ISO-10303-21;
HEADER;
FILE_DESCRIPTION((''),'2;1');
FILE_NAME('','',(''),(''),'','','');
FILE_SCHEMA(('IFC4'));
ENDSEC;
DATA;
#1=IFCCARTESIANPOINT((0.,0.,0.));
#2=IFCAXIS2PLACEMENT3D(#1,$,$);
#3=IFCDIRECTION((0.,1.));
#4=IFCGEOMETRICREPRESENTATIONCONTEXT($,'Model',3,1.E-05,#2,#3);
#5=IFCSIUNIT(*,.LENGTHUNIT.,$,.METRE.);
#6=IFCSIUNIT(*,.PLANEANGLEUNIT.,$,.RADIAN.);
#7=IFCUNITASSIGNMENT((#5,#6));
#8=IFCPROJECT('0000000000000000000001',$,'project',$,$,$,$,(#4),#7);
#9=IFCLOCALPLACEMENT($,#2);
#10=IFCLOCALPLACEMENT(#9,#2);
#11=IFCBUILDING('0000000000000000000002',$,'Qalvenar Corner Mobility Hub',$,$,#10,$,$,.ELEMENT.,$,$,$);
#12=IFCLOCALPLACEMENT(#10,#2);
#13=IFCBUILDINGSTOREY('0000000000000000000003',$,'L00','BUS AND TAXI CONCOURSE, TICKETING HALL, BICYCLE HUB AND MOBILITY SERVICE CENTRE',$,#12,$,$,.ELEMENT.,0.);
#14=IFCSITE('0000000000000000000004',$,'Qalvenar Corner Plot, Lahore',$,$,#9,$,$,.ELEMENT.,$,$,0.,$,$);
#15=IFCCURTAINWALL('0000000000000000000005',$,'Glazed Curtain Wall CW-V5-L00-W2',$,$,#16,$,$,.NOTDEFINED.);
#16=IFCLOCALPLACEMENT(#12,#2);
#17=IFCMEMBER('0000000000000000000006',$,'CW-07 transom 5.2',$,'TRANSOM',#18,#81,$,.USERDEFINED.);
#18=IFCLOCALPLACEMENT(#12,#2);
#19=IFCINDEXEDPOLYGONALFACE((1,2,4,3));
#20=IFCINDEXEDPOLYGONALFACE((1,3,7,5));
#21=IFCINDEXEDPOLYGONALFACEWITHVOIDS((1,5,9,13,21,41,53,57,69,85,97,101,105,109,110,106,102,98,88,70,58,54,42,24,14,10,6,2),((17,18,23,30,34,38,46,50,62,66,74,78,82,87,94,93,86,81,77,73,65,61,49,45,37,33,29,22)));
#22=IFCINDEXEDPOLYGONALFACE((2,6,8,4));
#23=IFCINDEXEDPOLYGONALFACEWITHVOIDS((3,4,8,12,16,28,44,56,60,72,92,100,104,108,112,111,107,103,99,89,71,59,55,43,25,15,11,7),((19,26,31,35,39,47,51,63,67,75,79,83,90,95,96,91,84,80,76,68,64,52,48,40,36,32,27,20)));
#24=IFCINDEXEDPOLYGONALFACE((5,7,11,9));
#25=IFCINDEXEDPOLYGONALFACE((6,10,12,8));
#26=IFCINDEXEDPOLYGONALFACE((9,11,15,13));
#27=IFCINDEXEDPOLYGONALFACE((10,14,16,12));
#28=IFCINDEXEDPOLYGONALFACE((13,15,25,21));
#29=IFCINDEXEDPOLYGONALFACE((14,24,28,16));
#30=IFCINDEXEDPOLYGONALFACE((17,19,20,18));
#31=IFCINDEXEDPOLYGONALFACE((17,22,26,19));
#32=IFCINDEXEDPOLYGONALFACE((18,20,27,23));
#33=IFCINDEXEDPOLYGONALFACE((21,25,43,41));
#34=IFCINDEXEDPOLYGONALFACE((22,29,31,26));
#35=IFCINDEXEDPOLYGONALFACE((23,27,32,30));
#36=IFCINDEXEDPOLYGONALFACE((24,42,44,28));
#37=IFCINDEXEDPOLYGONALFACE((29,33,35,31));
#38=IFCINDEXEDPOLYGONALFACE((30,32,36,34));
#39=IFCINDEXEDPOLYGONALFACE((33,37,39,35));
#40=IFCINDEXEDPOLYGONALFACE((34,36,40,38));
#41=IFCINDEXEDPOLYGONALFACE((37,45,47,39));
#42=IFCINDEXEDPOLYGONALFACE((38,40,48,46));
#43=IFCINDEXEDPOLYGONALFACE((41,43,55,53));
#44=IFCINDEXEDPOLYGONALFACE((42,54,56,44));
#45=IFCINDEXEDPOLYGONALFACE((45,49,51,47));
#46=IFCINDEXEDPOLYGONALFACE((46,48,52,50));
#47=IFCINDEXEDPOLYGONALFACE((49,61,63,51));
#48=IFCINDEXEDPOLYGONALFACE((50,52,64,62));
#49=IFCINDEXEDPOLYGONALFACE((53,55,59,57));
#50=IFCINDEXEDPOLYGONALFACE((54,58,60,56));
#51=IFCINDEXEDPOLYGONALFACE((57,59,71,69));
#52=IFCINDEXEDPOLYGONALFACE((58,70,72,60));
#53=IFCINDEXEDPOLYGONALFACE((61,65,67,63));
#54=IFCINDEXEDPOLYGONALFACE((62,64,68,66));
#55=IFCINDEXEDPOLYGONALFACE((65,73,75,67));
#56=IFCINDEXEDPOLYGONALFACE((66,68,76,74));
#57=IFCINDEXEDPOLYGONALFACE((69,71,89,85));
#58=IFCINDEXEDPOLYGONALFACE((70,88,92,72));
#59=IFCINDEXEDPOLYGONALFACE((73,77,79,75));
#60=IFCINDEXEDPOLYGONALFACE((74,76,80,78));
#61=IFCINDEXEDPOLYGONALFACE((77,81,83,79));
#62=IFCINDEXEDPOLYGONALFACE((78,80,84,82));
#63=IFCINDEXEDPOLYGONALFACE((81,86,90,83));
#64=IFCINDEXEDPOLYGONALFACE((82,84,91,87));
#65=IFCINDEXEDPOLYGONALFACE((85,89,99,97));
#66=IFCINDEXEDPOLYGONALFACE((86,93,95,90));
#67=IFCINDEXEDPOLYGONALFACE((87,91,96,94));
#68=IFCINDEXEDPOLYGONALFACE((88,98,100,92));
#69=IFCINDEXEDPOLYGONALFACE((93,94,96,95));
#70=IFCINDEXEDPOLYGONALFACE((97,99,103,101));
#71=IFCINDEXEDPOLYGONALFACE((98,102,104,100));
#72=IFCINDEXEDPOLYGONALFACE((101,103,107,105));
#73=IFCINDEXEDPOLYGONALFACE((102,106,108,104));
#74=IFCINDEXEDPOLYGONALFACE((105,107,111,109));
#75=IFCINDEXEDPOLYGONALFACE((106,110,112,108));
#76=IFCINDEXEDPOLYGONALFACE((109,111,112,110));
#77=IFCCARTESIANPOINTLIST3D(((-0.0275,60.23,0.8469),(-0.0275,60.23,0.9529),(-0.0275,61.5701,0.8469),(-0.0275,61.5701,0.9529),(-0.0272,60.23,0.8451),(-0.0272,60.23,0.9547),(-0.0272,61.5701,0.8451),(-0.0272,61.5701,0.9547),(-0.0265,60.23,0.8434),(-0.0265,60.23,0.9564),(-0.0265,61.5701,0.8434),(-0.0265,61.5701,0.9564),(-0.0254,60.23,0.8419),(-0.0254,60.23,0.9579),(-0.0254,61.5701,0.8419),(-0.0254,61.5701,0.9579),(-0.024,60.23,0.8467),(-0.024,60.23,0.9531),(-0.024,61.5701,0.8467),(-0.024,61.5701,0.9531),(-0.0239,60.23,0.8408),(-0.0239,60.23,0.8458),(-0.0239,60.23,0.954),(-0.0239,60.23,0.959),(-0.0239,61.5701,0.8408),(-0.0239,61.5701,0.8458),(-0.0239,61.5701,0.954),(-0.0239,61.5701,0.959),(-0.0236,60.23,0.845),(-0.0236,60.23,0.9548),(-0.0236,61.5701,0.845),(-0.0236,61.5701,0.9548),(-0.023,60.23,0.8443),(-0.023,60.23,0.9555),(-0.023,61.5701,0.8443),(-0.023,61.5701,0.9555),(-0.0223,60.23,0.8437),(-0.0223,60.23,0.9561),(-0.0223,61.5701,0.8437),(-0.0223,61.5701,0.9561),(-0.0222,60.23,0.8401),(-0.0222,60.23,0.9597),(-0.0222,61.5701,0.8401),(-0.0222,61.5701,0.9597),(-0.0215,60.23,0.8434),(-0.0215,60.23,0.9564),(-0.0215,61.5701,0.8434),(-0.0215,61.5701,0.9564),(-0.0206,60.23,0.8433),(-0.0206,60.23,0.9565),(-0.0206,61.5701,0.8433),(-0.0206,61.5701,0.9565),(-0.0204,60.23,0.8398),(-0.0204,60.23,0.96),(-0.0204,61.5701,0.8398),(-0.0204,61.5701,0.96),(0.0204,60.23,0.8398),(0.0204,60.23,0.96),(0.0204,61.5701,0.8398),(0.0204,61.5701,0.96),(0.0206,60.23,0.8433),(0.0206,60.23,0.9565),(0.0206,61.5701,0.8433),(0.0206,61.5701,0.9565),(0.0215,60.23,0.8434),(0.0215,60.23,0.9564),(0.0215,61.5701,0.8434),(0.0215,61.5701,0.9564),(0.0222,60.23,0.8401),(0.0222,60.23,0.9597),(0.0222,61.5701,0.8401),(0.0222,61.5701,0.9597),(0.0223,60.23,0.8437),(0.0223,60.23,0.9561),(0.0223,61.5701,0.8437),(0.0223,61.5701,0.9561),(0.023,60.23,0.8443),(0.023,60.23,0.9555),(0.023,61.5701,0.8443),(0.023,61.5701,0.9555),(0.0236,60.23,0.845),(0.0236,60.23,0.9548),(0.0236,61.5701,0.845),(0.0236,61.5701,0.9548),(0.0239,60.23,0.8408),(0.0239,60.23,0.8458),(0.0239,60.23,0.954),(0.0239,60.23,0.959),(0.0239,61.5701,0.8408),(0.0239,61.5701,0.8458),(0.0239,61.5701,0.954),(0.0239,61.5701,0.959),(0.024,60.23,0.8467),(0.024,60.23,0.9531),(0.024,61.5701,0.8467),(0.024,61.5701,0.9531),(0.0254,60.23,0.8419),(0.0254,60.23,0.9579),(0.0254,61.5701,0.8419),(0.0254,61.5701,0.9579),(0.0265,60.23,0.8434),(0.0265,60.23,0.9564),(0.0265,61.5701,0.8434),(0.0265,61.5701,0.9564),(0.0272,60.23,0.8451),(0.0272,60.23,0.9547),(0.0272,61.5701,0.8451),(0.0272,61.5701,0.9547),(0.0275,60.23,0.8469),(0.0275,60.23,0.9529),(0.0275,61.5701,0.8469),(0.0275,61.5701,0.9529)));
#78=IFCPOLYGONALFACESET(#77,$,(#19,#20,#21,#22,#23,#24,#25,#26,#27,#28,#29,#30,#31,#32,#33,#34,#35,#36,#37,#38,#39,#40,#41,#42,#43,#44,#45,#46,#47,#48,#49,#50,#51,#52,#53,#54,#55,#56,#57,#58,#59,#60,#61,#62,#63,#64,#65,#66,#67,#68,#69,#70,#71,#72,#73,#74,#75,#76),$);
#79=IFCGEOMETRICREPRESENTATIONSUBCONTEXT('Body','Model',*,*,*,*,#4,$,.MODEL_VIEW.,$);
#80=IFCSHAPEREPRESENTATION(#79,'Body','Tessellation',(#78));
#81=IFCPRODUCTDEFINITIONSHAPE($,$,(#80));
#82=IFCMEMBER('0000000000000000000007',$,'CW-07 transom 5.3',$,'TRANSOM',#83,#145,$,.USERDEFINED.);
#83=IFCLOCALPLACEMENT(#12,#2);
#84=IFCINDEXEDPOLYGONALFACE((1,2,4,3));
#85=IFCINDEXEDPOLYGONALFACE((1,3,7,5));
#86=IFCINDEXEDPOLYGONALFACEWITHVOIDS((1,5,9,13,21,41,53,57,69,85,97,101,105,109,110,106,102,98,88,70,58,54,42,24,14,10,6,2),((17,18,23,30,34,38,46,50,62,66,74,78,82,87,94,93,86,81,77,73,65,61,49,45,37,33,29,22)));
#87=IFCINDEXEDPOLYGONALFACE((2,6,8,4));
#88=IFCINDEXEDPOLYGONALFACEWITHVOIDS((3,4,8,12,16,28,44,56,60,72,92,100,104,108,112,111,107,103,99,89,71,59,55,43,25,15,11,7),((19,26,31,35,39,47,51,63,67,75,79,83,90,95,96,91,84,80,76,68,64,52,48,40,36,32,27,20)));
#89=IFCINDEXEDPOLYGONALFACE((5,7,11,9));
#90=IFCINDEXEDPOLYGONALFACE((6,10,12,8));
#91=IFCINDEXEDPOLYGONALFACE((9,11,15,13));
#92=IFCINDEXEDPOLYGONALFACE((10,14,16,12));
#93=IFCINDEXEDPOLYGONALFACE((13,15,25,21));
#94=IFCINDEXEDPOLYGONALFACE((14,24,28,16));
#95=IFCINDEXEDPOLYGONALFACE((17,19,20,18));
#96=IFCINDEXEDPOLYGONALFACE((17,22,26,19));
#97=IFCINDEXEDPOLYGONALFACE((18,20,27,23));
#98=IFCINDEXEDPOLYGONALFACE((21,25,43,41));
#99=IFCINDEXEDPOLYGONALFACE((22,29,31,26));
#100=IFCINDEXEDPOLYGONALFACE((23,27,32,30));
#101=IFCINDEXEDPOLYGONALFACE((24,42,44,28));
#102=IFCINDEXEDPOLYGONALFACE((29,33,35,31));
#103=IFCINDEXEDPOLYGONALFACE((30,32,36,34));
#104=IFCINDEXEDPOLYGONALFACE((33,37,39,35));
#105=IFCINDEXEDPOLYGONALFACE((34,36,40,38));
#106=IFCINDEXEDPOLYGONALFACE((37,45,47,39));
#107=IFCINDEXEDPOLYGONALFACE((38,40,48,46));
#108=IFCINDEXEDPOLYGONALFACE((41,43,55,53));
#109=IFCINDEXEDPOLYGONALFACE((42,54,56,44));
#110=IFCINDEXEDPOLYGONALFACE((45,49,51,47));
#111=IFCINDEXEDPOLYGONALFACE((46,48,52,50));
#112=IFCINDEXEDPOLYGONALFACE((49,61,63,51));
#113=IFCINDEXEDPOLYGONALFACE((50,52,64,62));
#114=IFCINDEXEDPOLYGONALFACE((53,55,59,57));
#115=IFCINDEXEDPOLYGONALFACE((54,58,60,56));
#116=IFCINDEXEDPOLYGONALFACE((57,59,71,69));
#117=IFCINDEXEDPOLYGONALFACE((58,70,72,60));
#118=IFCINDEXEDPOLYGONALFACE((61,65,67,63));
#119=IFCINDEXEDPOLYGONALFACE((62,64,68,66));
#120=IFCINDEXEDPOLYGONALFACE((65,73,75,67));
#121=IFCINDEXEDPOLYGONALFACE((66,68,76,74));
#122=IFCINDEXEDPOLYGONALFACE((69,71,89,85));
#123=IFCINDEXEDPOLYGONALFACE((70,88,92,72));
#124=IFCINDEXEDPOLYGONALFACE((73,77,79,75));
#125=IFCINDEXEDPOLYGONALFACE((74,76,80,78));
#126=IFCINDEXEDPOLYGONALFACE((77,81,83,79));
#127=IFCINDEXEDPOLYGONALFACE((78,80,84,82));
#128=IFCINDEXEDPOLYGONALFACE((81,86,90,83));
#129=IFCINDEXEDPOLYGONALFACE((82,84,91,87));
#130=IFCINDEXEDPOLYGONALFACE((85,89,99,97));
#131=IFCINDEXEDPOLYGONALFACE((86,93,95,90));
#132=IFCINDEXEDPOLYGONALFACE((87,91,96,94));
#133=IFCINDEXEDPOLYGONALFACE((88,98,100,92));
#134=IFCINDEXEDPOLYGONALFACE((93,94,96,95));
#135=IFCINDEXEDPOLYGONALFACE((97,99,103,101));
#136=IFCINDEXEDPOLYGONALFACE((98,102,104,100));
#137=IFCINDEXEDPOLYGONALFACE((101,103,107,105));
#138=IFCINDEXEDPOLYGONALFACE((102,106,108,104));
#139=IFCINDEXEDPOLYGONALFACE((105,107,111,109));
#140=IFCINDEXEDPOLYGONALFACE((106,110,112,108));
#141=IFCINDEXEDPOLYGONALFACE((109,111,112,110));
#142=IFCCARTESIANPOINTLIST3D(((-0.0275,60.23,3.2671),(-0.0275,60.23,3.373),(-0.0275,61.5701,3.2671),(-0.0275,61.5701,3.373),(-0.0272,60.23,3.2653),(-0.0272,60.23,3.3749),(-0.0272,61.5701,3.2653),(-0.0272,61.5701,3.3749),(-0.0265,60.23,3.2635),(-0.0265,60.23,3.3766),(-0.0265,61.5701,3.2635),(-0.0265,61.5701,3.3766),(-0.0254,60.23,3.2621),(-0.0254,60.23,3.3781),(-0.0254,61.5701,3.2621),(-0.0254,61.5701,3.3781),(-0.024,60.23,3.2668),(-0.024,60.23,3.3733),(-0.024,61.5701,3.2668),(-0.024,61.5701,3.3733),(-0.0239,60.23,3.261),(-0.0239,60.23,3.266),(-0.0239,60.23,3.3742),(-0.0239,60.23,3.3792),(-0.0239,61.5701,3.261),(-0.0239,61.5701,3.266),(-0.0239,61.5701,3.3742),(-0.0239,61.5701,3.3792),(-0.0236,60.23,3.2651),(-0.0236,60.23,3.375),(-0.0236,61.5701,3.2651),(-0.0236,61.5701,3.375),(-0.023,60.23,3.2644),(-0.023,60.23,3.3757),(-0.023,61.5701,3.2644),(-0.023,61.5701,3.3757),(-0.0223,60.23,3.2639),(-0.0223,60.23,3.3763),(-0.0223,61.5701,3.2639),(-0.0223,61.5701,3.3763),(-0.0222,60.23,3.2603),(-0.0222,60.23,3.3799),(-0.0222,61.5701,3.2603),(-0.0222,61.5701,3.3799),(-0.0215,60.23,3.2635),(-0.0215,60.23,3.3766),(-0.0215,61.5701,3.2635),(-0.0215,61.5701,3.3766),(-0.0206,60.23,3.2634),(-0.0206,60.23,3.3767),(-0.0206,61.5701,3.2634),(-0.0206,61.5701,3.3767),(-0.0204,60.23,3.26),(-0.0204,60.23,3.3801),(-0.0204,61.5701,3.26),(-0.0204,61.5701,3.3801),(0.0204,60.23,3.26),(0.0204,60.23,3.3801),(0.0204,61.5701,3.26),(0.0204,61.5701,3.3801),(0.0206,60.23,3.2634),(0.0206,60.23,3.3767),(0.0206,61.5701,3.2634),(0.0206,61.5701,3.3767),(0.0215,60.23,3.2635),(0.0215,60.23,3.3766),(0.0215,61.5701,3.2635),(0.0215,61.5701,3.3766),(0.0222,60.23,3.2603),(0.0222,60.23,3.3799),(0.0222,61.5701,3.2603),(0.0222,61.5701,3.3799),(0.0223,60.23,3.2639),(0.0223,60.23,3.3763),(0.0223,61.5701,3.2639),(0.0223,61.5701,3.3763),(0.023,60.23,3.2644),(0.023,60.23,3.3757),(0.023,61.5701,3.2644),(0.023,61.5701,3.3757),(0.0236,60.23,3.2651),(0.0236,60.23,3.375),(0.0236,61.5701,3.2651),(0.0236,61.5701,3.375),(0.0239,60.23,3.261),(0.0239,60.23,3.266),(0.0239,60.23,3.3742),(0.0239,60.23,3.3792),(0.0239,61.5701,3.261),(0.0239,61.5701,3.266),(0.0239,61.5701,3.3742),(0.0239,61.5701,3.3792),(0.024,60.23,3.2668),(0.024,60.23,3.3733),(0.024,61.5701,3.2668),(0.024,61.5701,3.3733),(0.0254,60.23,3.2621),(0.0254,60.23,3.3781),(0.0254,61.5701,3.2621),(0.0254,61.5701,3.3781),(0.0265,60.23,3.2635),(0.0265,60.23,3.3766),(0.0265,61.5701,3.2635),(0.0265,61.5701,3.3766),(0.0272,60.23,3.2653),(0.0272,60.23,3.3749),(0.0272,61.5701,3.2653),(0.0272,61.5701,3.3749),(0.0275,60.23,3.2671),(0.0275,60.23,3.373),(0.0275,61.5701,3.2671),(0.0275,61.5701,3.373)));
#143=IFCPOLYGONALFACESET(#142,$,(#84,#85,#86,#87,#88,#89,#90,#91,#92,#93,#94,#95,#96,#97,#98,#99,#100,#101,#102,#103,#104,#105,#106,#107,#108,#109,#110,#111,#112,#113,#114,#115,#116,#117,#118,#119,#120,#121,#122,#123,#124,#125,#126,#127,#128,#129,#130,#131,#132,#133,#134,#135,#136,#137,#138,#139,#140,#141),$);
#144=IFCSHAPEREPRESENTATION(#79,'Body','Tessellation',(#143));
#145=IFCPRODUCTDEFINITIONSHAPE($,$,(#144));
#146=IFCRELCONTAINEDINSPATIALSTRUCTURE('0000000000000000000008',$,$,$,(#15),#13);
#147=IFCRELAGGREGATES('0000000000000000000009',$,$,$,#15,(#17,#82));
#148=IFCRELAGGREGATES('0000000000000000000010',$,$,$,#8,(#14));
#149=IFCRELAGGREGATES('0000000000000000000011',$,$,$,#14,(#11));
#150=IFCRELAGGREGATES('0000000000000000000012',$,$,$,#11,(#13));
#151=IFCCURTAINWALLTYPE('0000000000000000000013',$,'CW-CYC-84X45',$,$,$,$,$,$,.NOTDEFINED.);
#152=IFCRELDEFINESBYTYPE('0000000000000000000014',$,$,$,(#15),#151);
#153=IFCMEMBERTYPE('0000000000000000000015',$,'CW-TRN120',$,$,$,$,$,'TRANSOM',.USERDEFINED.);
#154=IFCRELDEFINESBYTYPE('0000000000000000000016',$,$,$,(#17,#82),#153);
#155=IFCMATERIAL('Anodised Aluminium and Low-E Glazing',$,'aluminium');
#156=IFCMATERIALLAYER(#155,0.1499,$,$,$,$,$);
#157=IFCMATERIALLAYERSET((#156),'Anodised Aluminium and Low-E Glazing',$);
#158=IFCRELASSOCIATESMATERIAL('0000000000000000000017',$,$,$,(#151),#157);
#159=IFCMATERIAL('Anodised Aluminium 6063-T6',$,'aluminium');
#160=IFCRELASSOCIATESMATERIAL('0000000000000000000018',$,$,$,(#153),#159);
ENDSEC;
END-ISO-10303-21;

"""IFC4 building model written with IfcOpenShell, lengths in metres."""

from ifc_helpers import new_model, si_unit, direction, frame, origin, origin_2d, place, context, subcontext, project, spatial, hollow_rectangle, extrude, material, layer, layer_set, material_profile, profile_set, type_object, element, aggregate, save


model = new_model("IFC4")

# Units and contexts
model_context = context("Model", 3, precision=1e-05, world=origin(), true_north=direction((0.0, 1.0)))
body_context = subcontext(model_context, "Body", "Model", "MODEL_VIEW")
ifc_project = project(units=[si_unit("LENGTHUNIT", "METRE"), si_unit("PLANEANGLEUNIT", "RADIAN")], contexts=[model_context])

# Site, building, storey
site_placement = place(None, origin())
site = spatial("IfcSite", under=ifc_project, at=site_placement, Name="Qalvenar Corner Plot, Lahore", CompositionType="ELEMENT", RefElevation=0.0)
building_placement = place(site_placement, origin())
building = spatial("IfcBuilding", under=site, at=building_placement, Name="Qalvenar Corner Mobility Hub", CompositionType="ELEMENT")
storey_placement = place(building_placement, origin())
storey = spatial("IfcBuildingStorey", under=building, at=storey_placement, Name="L00", Description="BUS AND TAXI CONCOURSE, TICKETING HALL, BICYCLE HUB AND MOBILITY SERVICE CENTRE", CompositionType="ELEMENT", Elevation=0.0)

# Curtain wall, members
ifc_material_1 = material(Name="Anodised Aluminium and Low-E Glazing", Category="aluminium")
ifc_layer_1 = layer(ifc_material_1, 0.1499)
ifc_layer_set_1 = layer_set([ifc_layer_1], Name="Anodised Aluminium and Low-E Glazing")
curtain_wall_type = type_object("IfcCurtainWallType", Name="CW-CYC-84X45", PredefinedType="NOTDEFINED", material=ifc_layer_set_1)
curtain_wall_placement = place(storey_placement, origin())
curtain_wall = element("IfcCurtainWall", 1, at=curtain_wall_placement, inside=storey, type_object=curtain_wall_type, Name="Glazed Curtain Wall CW-V5-L00-W2", PredefinedType="NOTDEFINED")
ifc_material_2 = material(Name="Anodised Aluminium 6063-T6", Category="aluminium")
ifc_material_profile_1 = material_profile(ifc_material_2, hollow_rectangle(XDim=0.0549, YDim=0.1201, WallThickness=0.0034, InnerFilletRadius=0.0034, OuterFilletRadius=0.0071, at=origin_2d()), Name="RHS120x55x3.5")
ifc_profile_set_1 = profile_set([ifc_material_profile_1], Name="Anodised Aluminium 6063-T6")
member_type_1 = type_object("IfcMemberType", Name="CW-TRN120", ElementType="TRANSOM", PredefinedType="USERDEFINED", material=ifc_profile_set_1)
member_1_placement = place(storey_placement, frame((0.0, 61.5701, 0.8999), z_axis=(0.0, -1.0, 0.0), x_axis=(1.0, 0.0, 0.0)))
member_1 = element("IfcMember", 2, at=member_1_placement, type_object=member_type_1, Name="CW-07 transom 5.2", ObjectType="TRANSOM", PredefinedType="USERDEFINED", context=body_context, shape_type="SweptSolid", body=[
    extrude(hollow_rectangle(XDim=0.0549, YDim=0.1201, WallThickness=0.0034, InnerFilletRadius=0.0034, OuterFilletRadius=0.0071, at=origin_2d()), origin(), (0.0, 0.0, 1.0), 1.3401),
])
member_2_placement = place(storey_placement, frame((0.0, 61.5701, 3.3201), z_axis=(0.0, -1.0, 0.0), x_axis=(1.0, 0.0, 0.0)))
member_2 = element("IfcMember", 3, at=member_2_placement, type_object=member_type_1, Name="CW-07 transom 5.3", ObjectType="TRANSOM", PredefinedType="USERDEFINED", context=body_context, shape_type="SweptSolid", body=[
    extrude(hollow_rectangle(XDim=0.0549, YDim=0.1201, WallThickness=0.0034, InnerFilletRadius=0.0034, OuterFilletRadius=0.0071, at=origin_2d()), origin(), (0.0, 0.0, 1.0), 1.3401),
])
aggregate(curtain_wall, [member_1, member_2])

save(model, "model.ifc")
